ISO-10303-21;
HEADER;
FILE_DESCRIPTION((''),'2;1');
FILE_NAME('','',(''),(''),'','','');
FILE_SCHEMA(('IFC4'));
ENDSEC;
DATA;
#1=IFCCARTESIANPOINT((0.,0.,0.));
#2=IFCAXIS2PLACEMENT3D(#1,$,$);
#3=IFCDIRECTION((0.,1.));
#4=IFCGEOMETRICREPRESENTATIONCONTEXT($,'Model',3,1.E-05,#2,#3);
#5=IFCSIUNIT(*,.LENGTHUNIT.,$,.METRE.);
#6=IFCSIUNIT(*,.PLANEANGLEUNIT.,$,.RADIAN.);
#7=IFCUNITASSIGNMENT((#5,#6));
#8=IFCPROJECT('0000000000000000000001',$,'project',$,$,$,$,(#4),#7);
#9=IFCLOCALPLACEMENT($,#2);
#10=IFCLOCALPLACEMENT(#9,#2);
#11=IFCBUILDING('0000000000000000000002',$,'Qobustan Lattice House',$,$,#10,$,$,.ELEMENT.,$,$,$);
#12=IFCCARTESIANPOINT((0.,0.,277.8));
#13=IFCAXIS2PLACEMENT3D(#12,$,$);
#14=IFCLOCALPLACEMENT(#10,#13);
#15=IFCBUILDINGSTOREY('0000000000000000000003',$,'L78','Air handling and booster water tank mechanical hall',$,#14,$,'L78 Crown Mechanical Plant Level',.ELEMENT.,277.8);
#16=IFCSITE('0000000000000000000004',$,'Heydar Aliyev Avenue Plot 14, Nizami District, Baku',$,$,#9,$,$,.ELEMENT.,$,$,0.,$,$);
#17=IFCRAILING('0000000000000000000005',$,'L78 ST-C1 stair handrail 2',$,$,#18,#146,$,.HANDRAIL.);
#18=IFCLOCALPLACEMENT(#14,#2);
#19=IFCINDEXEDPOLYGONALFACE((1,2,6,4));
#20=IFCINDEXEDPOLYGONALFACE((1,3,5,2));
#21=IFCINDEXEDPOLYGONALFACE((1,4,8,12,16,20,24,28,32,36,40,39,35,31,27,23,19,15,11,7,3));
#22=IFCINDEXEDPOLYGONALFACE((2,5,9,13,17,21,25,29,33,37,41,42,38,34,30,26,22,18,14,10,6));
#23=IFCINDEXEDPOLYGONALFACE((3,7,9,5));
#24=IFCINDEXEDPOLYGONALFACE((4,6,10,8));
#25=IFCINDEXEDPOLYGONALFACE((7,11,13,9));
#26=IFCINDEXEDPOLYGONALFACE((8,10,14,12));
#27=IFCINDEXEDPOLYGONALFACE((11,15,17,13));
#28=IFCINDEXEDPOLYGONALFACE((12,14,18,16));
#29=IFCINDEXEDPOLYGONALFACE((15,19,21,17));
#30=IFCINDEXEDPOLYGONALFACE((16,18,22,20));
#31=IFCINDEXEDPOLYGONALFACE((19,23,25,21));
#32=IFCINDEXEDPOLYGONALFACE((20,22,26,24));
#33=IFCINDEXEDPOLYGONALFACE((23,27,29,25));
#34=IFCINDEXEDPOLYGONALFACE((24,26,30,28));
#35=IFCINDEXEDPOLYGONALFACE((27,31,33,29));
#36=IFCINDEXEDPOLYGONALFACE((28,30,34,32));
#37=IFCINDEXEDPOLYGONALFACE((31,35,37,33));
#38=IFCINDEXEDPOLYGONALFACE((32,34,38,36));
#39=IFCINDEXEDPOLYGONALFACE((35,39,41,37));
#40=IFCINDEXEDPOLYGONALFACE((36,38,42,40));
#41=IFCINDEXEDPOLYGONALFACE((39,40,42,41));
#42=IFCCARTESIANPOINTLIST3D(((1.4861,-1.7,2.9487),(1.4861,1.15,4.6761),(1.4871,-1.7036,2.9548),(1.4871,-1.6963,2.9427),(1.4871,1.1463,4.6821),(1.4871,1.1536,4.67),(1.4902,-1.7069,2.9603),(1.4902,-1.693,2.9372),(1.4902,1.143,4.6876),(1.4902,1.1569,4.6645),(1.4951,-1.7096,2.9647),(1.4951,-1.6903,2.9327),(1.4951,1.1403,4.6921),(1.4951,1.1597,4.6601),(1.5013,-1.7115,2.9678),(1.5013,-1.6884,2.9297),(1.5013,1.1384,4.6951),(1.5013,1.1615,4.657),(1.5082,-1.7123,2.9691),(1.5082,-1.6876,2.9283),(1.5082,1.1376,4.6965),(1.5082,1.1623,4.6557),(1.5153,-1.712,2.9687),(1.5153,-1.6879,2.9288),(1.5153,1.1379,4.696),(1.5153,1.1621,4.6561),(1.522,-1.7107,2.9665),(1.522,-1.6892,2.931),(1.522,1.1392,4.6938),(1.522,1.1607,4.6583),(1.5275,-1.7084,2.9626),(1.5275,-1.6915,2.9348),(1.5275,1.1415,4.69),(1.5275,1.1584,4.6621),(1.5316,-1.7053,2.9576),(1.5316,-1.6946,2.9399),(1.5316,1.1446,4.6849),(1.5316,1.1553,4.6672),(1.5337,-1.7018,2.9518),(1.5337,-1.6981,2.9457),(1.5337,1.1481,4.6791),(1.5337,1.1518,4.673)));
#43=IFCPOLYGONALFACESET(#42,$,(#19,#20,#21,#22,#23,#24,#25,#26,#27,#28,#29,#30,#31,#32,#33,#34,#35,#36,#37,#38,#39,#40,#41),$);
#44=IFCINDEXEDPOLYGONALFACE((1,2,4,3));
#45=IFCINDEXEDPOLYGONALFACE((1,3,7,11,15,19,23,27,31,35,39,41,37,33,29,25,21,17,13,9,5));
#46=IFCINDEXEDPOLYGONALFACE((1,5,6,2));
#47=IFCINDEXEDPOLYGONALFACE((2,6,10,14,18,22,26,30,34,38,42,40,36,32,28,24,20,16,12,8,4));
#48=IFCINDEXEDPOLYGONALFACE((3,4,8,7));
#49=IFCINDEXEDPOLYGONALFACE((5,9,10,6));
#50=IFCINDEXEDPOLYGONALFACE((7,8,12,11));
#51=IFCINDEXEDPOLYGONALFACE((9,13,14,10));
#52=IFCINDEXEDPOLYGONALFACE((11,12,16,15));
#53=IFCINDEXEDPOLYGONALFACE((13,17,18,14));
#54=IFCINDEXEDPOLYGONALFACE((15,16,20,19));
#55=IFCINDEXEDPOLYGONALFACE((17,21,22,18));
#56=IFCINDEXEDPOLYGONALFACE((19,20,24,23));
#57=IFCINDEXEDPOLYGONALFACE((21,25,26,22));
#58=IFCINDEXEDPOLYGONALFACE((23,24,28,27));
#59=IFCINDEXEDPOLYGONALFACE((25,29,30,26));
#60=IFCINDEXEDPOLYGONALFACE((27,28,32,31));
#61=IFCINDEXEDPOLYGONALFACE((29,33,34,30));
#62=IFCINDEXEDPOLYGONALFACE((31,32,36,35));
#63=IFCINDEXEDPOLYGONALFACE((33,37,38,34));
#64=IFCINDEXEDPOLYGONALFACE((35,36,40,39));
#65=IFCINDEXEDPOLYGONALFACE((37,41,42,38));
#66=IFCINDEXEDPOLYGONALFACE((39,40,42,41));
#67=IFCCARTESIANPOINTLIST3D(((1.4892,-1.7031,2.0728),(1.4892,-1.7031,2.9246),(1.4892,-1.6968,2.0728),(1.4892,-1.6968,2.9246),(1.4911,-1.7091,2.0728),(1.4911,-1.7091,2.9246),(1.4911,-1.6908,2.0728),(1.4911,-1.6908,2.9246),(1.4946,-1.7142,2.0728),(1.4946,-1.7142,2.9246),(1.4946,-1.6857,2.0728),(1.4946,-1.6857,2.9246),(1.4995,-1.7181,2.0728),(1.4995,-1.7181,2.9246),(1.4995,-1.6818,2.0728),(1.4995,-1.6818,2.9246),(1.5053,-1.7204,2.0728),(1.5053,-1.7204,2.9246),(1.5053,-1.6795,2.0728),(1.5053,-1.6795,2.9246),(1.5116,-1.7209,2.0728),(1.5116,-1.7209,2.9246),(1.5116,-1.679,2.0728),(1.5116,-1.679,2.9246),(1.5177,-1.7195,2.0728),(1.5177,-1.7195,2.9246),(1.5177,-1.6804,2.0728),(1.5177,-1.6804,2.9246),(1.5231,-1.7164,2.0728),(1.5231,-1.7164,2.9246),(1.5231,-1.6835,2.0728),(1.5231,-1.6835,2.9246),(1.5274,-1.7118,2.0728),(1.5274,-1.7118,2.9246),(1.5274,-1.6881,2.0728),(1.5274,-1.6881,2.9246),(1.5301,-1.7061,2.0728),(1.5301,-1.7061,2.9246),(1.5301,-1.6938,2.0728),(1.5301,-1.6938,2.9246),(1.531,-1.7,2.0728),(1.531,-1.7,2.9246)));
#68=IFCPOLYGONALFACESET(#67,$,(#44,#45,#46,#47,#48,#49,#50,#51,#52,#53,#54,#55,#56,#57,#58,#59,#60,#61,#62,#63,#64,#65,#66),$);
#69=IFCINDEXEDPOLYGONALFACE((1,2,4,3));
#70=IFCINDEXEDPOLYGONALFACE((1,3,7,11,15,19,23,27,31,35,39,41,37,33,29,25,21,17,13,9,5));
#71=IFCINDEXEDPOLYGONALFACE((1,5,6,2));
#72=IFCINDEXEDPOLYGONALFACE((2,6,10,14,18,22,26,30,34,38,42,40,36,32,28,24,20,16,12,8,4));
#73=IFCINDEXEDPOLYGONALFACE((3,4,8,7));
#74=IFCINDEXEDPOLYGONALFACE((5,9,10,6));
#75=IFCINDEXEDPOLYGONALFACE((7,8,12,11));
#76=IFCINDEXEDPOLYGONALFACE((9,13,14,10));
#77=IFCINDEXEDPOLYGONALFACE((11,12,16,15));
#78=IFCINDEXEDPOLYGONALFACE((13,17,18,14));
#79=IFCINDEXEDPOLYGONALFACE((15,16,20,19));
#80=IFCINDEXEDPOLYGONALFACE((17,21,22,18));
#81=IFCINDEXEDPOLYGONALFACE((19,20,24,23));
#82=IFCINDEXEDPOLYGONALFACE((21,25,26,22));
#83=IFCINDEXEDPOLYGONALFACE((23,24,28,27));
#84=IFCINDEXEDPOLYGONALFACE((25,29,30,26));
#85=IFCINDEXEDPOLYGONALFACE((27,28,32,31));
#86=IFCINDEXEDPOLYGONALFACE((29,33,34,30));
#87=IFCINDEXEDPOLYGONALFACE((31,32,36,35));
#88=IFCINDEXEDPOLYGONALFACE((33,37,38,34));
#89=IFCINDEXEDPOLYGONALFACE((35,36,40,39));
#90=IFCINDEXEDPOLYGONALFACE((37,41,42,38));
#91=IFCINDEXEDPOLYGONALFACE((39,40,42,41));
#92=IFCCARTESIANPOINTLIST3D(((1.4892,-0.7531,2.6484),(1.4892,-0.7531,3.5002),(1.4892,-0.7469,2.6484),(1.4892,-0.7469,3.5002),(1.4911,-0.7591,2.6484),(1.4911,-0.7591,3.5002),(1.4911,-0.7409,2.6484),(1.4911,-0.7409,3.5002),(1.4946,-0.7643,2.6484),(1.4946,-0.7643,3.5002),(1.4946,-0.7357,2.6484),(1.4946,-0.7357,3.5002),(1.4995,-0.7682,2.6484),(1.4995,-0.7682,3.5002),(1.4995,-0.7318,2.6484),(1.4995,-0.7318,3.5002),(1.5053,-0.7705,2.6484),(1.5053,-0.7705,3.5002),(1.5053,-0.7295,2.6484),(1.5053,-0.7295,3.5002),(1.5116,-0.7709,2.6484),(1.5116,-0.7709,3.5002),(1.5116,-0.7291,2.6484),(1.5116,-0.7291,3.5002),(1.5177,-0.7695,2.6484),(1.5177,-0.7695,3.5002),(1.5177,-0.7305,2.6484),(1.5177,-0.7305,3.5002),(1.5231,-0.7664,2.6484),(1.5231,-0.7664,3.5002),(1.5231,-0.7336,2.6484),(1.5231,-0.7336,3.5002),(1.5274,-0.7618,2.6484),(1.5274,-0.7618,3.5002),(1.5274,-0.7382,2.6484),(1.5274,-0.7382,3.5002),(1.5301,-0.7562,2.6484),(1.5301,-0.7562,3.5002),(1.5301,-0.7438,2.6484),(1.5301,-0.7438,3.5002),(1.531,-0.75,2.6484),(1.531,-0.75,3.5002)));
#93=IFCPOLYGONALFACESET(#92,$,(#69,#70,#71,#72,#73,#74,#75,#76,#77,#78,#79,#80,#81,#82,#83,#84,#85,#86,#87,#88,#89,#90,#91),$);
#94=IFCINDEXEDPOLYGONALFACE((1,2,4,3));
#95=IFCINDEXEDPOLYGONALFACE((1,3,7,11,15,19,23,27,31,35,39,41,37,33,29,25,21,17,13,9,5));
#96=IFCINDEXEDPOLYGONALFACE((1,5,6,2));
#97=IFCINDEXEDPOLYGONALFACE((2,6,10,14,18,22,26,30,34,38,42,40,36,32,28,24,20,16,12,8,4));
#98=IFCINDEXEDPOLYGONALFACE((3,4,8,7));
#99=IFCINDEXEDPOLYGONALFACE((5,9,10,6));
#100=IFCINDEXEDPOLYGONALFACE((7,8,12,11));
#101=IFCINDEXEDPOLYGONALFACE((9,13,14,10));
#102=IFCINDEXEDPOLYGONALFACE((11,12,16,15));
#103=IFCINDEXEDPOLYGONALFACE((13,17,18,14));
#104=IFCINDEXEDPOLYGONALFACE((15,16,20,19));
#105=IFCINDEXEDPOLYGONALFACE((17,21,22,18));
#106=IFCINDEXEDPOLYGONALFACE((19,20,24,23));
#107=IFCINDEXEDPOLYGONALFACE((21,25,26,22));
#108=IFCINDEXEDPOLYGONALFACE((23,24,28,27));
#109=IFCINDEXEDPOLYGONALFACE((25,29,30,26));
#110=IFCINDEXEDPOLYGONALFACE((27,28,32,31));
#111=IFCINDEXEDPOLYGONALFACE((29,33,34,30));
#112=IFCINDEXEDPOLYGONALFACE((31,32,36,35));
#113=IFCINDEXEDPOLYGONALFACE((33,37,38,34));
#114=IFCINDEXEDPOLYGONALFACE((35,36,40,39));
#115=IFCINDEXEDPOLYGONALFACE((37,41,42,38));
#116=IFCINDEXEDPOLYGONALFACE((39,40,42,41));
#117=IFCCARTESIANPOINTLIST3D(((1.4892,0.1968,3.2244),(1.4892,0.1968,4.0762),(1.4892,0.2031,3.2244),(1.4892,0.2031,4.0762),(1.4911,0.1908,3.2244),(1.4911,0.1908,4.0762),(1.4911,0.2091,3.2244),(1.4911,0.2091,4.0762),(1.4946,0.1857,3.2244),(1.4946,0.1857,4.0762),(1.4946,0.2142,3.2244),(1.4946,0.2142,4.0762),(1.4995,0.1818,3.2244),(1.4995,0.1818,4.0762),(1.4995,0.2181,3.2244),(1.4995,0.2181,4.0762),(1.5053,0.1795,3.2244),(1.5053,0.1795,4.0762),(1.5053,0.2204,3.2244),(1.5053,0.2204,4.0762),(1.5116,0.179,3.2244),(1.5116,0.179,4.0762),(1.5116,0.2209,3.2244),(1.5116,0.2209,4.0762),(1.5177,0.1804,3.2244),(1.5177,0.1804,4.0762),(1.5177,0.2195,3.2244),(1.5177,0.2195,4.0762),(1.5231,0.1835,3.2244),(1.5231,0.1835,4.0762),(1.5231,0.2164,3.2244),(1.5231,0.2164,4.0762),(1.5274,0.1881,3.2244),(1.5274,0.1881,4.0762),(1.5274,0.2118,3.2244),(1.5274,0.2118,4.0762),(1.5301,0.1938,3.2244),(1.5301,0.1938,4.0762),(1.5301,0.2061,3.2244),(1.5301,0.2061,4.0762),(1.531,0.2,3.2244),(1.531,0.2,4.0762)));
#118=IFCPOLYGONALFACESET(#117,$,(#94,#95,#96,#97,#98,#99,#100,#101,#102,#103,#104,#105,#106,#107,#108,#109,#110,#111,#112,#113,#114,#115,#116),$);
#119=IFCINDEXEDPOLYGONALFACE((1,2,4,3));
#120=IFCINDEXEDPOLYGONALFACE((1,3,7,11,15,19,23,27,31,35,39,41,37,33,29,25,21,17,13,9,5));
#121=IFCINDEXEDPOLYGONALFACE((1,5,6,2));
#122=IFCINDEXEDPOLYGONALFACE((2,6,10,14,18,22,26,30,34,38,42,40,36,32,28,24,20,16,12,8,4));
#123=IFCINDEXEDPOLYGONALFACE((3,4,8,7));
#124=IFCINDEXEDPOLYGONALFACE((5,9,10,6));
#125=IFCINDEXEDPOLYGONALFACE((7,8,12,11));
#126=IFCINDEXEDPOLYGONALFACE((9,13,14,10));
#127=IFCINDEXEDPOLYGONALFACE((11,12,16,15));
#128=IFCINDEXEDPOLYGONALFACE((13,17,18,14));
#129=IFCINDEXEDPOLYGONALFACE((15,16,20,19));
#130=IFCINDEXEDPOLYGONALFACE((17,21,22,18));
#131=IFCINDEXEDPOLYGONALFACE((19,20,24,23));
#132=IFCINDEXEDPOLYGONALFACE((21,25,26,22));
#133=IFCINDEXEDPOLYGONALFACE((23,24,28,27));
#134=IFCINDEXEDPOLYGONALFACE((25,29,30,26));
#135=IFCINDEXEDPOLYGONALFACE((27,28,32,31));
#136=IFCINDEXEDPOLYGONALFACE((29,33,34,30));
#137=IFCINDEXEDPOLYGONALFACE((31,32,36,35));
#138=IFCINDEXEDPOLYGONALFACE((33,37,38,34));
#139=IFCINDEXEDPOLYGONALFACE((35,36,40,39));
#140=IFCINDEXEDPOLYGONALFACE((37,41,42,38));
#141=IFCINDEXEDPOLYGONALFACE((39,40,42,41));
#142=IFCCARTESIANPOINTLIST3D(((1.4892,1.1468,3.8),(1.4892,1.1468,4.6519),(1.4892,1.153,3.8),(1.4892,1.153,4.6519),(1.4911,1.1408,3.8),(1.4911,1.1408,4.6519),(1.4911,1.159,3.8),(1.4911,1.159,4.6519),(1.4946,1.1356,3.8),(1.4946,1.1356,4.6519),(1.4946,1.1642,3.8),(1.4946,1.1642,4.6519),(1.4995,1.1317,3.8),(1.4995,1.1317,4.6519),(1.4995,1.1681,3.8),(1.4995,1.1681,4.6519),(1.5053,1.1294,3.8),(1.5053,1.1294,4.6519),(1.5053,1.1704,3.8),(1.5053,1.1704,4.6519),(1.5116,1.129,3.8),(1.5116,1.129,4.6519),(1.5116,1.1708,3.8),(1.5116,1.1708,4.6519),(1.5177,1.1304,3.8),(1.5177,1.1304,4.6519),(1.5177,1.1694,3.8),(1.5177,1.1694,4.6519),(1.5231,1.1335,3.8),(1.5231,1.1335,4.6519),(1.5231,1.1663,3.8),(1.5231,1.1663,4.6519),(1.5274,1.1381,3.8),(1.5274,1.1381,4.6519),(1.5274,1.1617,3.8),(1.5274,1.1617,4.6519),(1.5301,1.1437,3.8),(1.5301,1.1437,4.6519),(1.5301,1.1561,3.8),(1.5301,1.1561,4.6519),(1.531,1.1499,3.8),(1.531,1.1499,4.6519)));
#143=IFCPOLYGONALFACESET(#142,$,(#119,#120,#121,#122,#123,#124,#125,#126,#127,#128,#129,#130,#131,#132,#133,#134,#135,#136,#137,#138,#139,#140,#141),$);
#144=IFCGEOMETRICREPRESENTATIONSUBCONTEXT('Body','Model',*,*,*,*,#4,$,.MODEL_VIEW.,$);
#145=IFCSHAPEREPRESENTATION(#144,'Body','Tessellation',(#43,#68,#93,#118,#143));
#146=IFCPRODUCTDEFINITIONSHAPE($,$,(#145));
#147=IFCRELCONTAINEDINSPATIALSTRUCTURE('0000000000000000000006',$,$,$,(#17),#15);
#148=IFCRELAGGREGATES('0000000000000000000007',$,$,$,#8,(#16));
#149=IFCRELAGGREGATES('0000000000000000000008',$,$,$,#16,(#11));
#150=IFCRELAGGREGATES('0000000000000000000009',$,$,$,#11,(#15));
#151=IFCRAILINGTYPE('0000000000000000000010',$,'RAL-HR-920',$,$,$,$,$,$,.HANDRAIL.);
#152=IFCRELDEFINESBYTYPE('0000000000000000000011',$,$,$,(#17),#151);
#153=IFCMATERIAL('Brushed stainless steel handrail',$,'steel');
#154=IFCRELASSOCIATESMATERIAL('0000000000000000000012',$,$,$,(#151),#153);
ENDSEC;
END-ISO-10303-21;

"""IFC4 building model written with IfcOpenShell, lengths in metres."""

from ifc_helpers import new_model, si_unit, direction, frame, origin, origin_2d, place, context, subcontext, project, spatial, circle, extrude, material, type_object, element, save


model = new_model("IFC4")

# Units and contexts
model_context = context("Model", 3, precision=1e-05, world=origin(), true_north=direction((0.0, 1.0)))
body_context = subcontext(model_context, "Body", "Model", "MODEL_VIEW")
ifc_project = project(units=[si_unit("LENGTHUNIT", "METRE"), si_unit("PLANEANGLEUNIT", "RADIAN")], contexts=[model_context])

# Site, building, storey
site_placement = place(None, origin())
site = spatial("IfcSite", under=ifc_project, at=site_placement, Name="Heydar Aliyev Avenue Plot 14, Nizami District, Baku", CompositionType="ELEMENT", RefElevation=0.0)
building_placement = place(site_placement, origin())
building = spatial("IfcBuilding", under=site, at=building_placement, Name="Qobustan Lattice House", CompositionType="ELEMENT")
storey_placement = place(building_placement, frame((0.0, 0.0, 277.8)))
storey = spatial("IfcBuildingStorey", under=building, at=storey_placement, Name="L78", Description="Air handling and booster water tank mechanical hall", LongName="L78 Crown Mechanical Plant Level", CompositionType="ELEMENT", Elevation=277.8)

# Railing
ifc_material_1 = material(Name="Brushed stainless steel handrail", Category="steel")
railing_type_1 = type_object("IfcRailingType", Name="RAL-HR-920", PredefinedType="HANDRAIL", material=ifc_material_1)
railing_1_placement = place(storey_placement, frame((1.51, -1.7, 2.0728)))
element("IfcRailing", 1, at=railing_1_placement, inside=storey, type_object=railing_type_1, Name="L78 ST-C1 stair handrail 2", PredefinedType="HANDRAIL", context=body_context, shape_type="SweptSolid", body=[
    extrude(circle(Radius=0.0239, at=origin_2d()), frame((0.0, 0.0, 0.876), z_axis=(0.0, 0.855183, 0.518326), x_axis=(-1.0, 0.0, 0.0)), (0.0, 0.0, 1.0), 3.3325),
    extrude(circle(Radius=0.021, at=origin_2d()), origin(), (0.0, 0.0, 1.0), 0.8518),
    extrude(circle(Radius=0.021, at=origin_2d()), frame((0.0, 0.95, 0.5757)), (0.0, 0.0, 1.0), 0.8518),
    extrude(circle(Radius=0.021, at=origin_2d()), frame((0.0, 1.8999, 1.1516)), (0.0, 0.0, 1.0), 0.8518),
    extrude(circle(Radius=0.021, at=origin_2d()), frame((0.0, 2.8499, 1.7273)), (0.0, 0.0, 1.0), 0.8518),
])

save(model, "model.ifc")
